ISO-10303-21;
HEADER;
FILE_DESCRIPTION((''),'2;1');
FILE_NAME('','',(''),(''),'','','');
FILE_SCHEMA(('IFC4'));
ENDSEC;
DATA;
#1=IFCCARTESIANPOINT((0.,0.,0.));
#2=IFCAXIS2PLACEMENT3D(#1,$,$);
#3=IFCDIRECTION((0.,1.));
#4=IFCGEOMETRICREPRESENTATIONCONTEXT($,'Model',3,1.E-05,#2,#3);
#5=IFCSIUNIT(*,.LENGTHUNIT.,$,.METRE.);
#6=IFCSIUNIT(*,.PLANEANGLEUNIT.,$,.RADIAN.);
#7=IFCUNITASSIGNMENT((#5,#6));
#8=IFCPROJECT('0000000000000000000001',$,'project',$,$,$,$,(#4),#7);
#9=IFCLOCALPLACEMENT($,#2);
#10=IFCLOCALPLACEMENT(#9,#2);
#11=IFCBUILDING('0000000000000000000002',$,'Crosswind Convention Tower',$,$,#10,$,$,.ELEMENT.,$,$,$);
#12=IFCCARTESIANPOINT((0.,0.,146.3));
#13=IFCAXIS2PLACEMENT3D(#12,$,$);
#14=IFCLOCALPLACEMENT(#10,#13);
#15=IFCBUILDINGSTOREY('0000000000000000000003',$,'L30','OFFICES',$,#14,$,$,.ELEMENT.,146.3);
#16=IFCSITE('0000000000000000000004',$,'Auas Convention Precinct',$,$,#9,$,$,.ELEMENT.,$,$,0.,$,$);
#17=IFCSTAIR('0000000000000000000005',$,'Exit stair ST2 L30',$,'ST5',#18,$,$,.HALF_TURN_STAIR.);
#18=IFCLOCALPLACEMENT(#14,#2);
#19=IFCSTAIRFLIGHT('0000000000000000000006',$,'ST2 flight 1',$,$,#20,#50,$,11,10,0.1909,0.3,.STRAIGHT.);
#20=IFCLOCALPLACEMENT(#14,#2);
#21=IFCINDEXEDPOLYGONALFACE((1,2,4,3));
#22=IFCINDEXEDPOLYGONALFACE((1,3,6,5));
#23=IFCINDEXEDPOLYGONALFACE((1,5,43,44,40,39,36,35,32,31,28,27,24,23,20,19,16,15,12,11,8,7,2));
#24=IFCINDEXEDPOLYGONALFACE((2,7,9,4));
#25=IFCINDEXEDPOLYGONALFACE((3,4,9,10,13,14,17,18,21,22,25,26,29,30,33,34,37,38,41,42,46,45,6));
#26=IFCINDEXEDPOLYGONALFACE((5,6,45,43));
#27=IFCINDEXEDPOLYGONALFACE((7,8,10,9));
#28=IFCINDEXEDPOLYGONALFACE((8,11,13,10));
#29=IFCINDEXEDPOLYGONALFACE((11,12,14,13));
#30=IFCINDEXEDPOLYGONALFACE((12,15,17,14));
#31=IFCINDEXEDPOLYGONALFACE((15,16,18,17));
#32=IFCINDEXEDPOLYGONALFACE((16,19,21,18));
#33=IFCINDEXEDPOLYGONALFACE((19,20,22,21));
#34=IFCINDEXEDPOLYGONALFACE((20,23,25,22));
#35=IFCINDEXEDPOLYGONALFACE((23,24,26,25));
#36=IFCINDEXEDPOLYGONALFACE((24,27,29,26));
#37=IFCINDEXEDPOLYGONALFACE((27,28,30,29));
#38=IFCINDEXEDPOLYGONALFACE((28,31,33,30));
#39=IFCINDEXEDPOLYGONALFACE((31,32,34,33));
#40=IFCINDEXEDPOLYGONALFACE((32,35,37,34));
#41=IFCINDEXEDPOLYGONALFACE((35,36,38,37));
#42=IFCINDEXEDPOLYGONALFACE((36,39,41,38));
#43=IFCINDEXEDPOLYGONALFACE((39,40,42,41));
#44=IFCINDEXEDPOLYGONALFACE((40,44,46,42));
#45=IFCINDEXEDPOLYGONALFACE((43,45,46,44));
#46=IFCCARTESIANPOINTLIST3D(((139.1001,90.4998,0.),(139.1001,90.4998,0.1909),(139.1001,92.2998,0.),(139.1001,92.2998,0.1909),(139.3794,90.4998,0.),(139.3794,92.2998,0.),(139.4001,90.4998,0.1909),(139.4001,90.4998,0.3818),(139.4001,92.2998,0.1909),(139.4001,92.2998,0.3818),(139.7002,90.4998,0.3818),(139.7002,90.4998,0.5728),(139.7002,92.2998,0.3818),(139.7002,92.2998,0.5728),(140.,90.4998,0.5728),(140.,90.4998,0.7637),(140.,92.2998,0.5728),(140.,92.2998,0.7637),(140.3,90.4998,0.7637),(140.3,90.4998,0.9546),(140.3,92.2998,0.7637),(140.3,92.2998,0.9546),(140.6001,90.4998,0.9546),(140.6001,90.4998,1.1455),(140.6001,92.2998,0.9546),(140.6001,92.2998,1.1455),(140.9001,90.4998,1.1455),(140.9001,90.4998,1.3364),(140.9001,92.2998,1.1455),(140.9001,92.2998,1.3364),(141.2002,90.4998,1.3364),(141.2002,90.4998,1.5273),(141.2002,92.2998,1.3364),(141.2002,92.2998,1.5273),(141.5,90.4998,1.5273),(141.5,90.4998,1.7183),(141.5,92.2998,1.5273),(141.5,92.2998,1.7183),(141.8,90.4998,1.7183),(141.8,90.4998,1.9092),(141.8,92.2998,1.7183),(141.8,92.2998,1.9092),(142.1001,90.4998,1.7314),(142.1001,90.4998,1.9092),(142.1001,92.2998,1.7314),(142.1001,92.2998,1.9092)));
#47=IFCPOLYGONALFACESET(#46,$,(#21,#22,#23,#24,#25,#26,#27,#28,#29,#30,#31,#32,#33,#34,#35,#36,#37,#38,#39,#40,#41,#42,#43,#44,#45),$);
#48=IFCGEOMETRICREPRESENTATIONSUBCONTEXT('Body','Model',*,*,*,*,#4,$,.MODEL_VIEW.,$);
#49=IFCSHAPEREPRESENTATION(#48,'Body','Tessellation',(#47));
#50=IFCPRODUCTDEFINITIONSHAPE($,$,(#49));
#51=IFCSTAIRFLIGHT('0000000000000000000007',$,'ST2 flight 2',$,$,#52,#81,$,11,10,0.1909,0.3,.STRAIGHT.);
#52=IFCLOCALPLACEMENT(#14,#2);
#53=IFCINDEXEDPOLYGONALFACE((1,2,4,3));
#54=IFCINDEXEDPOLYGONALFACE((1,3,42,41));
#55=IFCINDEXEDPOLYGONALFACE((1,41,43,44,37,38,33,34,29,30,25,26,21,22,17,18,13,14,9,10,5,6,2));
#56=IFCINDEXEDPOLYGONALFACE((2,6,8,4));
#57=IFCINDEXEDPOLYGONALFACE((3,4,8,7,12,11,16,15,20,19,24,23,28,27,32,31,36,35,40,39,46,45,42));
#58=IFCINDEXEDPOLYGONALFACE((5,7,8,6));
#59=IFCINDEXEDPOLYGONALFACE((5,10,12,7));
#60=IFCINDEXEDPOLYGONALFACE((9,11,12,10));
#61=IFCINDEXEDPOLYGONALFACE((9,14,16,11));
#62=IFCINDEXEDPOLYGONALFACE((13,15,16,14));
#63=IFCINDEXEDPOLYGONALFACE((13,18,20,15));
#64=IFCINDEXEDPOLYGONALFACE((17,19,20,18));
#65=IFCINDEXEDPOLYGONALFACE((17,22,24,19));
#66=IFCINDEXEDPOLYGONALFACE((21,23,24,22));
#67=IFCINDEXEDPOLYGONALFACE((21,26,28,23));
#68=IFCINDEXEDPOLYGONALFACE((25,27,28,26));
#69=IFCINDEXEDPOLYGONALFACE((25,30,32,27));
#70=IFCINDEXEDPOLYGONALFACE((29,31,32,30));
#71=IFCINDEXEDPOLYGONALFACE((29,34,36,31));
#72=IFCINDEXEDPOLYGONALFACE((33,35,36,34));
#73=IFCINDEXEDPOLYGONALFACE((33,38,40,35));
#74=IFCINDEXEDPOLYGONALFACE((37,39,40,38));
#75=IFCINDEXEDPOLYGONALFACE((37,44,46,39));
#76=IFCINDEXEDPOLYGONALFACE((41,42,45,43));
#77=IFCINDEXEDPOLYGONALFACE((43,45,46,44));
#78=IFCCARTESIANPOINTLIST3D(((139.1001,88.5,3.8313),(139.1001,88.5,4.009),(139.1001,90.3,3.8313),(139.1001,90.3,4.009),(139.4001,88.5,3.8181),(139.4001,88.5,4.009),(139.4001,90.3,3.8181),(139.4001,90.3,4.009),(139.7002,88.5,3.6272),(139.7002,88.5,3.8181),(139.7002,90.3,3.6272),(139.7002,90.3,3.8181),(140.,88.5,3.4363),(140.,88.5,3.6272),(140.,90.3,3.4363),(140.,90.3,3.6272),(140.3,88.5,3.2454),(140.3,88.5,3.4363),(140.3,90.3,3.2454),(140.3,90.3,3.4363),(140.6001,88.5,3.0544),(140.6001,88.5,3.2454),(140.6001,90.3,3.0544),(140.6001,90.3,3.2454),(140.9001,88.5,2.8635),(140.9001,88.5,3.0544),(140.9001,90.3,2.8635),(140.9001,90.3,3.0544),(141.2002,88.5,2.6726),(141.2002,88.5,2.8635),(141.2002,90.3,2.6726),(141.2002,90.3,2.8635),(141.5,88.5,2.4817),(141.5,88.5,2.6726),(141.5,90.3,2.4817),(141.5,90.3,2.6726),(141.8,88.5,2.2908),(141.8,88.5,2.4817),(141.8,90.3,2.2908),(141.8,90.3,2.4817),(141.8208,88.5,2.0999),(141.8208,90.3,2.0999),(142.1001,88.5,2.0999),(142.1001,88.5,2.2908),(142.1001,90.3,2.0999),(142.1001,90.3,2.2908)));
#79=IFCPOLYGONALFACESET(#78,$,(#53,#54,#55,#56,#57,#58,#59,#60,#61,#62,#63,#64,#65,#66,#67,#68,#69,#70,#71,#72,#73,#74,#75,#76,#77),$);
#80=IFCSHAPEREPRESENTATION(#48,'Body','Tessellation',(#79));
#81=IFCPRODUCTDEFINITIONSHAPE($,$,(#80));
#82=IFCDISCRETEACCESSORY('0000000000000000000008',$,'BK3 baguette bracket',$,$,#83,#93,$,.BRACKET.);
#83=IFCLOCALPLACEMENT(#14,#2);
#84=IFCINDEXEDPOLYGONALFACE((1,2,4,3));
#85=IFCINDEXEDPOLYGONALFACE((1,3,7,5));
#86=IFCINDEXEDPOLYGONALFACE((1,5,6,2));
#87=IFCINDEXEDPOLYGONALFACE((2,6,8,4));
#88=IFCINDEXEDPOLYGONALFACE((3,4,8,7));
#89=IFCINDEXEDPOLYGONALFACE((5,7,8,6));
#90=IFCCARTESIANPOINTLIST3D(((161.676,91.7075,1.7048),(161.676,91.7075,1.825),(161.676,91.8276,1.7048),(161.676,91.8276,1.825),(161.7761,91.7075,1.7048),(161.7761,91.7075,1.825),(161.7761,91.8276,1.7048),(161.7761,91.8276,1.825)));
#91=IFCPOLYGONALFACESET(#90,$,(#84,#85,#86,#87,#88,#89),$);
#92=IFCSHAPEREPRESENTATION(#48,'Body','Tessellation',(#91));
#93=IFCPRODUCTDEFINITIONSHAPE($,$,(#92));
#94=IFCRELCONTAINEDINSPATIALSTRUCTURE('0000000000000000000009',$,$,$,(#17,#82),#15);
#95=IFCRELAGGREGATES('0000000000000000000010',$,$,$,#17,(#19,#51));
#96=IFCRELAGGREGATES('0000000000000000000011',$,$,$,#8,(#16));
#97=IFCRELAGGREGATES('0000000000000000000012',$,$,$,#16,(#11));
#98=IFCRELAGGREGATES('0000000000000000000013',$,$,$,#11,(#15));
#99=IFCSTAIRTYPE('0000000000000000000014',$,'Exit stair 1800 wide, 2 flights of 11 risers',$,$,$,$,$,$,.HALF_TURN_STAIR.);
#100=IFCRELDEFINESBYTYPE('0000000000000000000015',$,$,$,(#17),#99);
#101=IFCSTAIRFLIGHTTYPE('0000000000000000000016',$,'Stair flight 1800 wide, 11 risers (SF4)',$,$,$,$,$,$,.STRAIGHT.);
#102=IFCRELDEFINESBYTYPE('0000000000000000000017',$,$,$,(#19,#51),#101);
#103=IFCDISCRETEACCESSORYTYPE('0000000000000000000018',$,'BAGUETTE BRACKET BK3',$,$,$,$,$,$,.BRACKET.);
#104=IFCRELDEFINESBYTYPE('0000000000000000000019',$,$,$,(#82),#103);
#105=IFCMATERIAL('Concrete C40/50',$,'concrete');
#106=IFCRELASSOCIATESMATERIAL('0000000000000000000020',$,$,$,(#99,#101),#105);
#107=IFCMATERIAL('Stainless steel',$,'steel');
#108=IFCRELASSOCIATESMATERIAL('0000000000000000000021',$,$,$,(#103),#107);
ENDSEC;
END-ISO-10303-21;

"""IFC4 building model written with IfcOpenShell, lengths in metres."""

from ifc_helpers import new_model, si_unit, direction, frame, origin, origin_2d, place, context, subcontext, project, spatial, polyline, rectangle, outline, extrude, material, type_object, element, aggregate, save


model = new_model("IFC4")

# Units and contexts
model_context = context("Model", 3, precision=1e-05, world=origin(), true_north=direction((0.0, 1.0)))
body_context = subcontext(model_context, "Body", "Model", "MODEL_VIEW")
ifc_project = project(units=[si_unit("LENGTHUNIT", "METRE"), si_unit("PLANEANGLEUNIT", "RADIAN")], contexts=[model_context])

# Site, building, storey
site_placement = place(None, origin())
site = spatial("IfcSite", under=ifc_project, at=site_placement, Name="Auas Convention Precinct", CompositionType="ELEMENT", RefElevation=0.0)
building_placement = place(site_placement, origin())
building = spatial("IfcBuilding", under=site, at=building_placement, Name="Crosswind Convention Tower", CompositionType="ELEMENT")
storey_placement = place(building_placement, frame((0.0, 0.0, 146.3)))
storey = spatial("IfcBuildingStorey", under=building, at=storey_placement, Name="L30", Description="OFFICES", CompositionType="ELEMENT", Elevation=146.3)

# Stair, stair flights
ifc_material_1 = material(Name="Concrete C40/50", Category="concrete")
stair_type = type_object("IfcStairType", Name="Exit stair 1800 wide, 2 flights of 11 risers", PredefinedType="HALF_TURN_STAIR", material=ifc_material_1)
stair_placement = place(storey_placement, origin())
stair = element("IfcStair", 1, at=stair_placement, inside=storey, type_object=stair_type, Name="Exit stair ST2 L30", ObjectType="ST5", PredefinedType="HALF_TURN_STAIR")
stair_flight_type = type_object("IfcStairFlightType", Name="Stair flight 1800 wide, 11 risers (SF4)", PredefinedType="STRAIGHT", material=ifc_material_1)
stair_flight_1_placement = place(storey_placement, frame((139.1001, 91.3999, 0.0), z_axis=(0.0, 0.0, 1.0), x_axis=(1.0, 0.0, 0.0)))
stair_flight_1 = element("IfcStairFlight", 2, at=stair_flight_1_placement, type_object=stair_flight_type, Name="ST2 flight 1", NumberOfRisers=11, NumberOfTreads=10, PredefinedType="STRAIGHT", RiserHeight=0.1909, TreadLength=0.3, context=body_context, shape_type="SweptSolid", body=[
    extrude(outline(polyline([(0.0, 0.0), (0.0, 0.1909), (0.3, 0.1909), (0.3, 0.3818), (0.6001, 0.3818), (0.6001, 0.5728), (0.8999, 0.5728), (0.8999, 0.7637), (1.2, 0.7637), (1.2, 0.9546), (1.5, 0.9546), (1.5, 1.1455), (1.8, 1.1455), (1.8, 1.3364), (2.1001, 1.3364), (2.1001, 1.5273), (2.3999, 1.5273), (2.3999, 1.7183), (2.7, 1.7183), (2.7, 1.9092), (3.0, 1.9092), (3.0, 2.1001), (3.0, 1.7314), (0.2793, 0.0), (0.0, 0.0)])), frame((0.0, 0.8999, 0.0), z_axis=(0.0, -1.0, 0.0), x_axis=(1.0, 0.0, 0.0)), (0.0, 0.0, 1.0), 1.8),
])
stair_flight_2_placement = place(storey_placement, frame((142.1001, 89.3999, 2.0999), z_axis=(0.0, 0.0, 1.0), x_axis=(-1.0, 0.0, 0.0)))
stair_flight_2 = element("IfcStairFlight", 3, at=stair_flight_2_placement, type_object=stair_flight_type, Name="ST2 flight 2", NumberOfRisers=11, NumberOfTreads=10, PredefinedType="STRAIGHT", RiserHeight=0.1909, TreadLength=0.3, context=body_context, shape_type="SweptSolid", body=[
    extrude(outline(polyline([(0.0, 0.0), (0.0, 0.1909), (0.3, 0.1909), (0.3, 0.3818), (0.6001, 0.3818), (0.6001, 0.5728), (0.8999, 0.5728), (0.8999, 0.7637), (1.2, 0.7637), (1.2, 0.9546), (1.5, 0.9546), (1.5, 1.1455), (1.8, 1.1455), (1.8, 1.3364), (2.1001, 1.3364), (2.1001, 1.5273), (2.3999, 1.5273), (2.3999, 1.7183), (2.7, 1.7183), (2.7, 1.9092), (3.0, 1.9092), (3.0, 2.1001), (3.0, 1.7314), (0.2793, 0.0), (0.0, 0.0)])), frame((0.0, 0.8999, 0.0), z_axis=(0.0, -1.0, 0.0), x_axis=(1.0, 0.0, 0.0)), (0.0, 0.0, 1.0), 1.8),
])
aggregate(stair, [stair_flight_1, stair_flight_2])

# Shared definitions
ifc_material_2 = material(Name="Stainless steel", Category="steel")

# Discrete accessory
discrete_accessory_type = type_object("IfcDiscreteAccessoryType", Name="BAGUETTE BRACKET BK3", PredefinedType="BRACKET", material=ifc_material_2)
discrete_accessory_placement = place(storey_placement, frame((161.7261, 91.7676, 1.7048), z_axis=(0.0, 0.0, 1.0), x_axis=(0.0, 1.0, 0.0)))
element("IfcDiscreteAccessory", 4, at=discrete_accessory_placement, inside=storey, type_object=discrete_accessory_type, Name="BK3 baguette bracket", PredefinedType="BRACKET", context=body_context, shape_type="SweptSolid", body=[
    extrude(rectangle(XDim=0.1201, YDim=0.1001, at=origin_2d()), origin(), (0.0, 0.0, 1.0), 0.1201),
])

save(model, "model.ifc")
